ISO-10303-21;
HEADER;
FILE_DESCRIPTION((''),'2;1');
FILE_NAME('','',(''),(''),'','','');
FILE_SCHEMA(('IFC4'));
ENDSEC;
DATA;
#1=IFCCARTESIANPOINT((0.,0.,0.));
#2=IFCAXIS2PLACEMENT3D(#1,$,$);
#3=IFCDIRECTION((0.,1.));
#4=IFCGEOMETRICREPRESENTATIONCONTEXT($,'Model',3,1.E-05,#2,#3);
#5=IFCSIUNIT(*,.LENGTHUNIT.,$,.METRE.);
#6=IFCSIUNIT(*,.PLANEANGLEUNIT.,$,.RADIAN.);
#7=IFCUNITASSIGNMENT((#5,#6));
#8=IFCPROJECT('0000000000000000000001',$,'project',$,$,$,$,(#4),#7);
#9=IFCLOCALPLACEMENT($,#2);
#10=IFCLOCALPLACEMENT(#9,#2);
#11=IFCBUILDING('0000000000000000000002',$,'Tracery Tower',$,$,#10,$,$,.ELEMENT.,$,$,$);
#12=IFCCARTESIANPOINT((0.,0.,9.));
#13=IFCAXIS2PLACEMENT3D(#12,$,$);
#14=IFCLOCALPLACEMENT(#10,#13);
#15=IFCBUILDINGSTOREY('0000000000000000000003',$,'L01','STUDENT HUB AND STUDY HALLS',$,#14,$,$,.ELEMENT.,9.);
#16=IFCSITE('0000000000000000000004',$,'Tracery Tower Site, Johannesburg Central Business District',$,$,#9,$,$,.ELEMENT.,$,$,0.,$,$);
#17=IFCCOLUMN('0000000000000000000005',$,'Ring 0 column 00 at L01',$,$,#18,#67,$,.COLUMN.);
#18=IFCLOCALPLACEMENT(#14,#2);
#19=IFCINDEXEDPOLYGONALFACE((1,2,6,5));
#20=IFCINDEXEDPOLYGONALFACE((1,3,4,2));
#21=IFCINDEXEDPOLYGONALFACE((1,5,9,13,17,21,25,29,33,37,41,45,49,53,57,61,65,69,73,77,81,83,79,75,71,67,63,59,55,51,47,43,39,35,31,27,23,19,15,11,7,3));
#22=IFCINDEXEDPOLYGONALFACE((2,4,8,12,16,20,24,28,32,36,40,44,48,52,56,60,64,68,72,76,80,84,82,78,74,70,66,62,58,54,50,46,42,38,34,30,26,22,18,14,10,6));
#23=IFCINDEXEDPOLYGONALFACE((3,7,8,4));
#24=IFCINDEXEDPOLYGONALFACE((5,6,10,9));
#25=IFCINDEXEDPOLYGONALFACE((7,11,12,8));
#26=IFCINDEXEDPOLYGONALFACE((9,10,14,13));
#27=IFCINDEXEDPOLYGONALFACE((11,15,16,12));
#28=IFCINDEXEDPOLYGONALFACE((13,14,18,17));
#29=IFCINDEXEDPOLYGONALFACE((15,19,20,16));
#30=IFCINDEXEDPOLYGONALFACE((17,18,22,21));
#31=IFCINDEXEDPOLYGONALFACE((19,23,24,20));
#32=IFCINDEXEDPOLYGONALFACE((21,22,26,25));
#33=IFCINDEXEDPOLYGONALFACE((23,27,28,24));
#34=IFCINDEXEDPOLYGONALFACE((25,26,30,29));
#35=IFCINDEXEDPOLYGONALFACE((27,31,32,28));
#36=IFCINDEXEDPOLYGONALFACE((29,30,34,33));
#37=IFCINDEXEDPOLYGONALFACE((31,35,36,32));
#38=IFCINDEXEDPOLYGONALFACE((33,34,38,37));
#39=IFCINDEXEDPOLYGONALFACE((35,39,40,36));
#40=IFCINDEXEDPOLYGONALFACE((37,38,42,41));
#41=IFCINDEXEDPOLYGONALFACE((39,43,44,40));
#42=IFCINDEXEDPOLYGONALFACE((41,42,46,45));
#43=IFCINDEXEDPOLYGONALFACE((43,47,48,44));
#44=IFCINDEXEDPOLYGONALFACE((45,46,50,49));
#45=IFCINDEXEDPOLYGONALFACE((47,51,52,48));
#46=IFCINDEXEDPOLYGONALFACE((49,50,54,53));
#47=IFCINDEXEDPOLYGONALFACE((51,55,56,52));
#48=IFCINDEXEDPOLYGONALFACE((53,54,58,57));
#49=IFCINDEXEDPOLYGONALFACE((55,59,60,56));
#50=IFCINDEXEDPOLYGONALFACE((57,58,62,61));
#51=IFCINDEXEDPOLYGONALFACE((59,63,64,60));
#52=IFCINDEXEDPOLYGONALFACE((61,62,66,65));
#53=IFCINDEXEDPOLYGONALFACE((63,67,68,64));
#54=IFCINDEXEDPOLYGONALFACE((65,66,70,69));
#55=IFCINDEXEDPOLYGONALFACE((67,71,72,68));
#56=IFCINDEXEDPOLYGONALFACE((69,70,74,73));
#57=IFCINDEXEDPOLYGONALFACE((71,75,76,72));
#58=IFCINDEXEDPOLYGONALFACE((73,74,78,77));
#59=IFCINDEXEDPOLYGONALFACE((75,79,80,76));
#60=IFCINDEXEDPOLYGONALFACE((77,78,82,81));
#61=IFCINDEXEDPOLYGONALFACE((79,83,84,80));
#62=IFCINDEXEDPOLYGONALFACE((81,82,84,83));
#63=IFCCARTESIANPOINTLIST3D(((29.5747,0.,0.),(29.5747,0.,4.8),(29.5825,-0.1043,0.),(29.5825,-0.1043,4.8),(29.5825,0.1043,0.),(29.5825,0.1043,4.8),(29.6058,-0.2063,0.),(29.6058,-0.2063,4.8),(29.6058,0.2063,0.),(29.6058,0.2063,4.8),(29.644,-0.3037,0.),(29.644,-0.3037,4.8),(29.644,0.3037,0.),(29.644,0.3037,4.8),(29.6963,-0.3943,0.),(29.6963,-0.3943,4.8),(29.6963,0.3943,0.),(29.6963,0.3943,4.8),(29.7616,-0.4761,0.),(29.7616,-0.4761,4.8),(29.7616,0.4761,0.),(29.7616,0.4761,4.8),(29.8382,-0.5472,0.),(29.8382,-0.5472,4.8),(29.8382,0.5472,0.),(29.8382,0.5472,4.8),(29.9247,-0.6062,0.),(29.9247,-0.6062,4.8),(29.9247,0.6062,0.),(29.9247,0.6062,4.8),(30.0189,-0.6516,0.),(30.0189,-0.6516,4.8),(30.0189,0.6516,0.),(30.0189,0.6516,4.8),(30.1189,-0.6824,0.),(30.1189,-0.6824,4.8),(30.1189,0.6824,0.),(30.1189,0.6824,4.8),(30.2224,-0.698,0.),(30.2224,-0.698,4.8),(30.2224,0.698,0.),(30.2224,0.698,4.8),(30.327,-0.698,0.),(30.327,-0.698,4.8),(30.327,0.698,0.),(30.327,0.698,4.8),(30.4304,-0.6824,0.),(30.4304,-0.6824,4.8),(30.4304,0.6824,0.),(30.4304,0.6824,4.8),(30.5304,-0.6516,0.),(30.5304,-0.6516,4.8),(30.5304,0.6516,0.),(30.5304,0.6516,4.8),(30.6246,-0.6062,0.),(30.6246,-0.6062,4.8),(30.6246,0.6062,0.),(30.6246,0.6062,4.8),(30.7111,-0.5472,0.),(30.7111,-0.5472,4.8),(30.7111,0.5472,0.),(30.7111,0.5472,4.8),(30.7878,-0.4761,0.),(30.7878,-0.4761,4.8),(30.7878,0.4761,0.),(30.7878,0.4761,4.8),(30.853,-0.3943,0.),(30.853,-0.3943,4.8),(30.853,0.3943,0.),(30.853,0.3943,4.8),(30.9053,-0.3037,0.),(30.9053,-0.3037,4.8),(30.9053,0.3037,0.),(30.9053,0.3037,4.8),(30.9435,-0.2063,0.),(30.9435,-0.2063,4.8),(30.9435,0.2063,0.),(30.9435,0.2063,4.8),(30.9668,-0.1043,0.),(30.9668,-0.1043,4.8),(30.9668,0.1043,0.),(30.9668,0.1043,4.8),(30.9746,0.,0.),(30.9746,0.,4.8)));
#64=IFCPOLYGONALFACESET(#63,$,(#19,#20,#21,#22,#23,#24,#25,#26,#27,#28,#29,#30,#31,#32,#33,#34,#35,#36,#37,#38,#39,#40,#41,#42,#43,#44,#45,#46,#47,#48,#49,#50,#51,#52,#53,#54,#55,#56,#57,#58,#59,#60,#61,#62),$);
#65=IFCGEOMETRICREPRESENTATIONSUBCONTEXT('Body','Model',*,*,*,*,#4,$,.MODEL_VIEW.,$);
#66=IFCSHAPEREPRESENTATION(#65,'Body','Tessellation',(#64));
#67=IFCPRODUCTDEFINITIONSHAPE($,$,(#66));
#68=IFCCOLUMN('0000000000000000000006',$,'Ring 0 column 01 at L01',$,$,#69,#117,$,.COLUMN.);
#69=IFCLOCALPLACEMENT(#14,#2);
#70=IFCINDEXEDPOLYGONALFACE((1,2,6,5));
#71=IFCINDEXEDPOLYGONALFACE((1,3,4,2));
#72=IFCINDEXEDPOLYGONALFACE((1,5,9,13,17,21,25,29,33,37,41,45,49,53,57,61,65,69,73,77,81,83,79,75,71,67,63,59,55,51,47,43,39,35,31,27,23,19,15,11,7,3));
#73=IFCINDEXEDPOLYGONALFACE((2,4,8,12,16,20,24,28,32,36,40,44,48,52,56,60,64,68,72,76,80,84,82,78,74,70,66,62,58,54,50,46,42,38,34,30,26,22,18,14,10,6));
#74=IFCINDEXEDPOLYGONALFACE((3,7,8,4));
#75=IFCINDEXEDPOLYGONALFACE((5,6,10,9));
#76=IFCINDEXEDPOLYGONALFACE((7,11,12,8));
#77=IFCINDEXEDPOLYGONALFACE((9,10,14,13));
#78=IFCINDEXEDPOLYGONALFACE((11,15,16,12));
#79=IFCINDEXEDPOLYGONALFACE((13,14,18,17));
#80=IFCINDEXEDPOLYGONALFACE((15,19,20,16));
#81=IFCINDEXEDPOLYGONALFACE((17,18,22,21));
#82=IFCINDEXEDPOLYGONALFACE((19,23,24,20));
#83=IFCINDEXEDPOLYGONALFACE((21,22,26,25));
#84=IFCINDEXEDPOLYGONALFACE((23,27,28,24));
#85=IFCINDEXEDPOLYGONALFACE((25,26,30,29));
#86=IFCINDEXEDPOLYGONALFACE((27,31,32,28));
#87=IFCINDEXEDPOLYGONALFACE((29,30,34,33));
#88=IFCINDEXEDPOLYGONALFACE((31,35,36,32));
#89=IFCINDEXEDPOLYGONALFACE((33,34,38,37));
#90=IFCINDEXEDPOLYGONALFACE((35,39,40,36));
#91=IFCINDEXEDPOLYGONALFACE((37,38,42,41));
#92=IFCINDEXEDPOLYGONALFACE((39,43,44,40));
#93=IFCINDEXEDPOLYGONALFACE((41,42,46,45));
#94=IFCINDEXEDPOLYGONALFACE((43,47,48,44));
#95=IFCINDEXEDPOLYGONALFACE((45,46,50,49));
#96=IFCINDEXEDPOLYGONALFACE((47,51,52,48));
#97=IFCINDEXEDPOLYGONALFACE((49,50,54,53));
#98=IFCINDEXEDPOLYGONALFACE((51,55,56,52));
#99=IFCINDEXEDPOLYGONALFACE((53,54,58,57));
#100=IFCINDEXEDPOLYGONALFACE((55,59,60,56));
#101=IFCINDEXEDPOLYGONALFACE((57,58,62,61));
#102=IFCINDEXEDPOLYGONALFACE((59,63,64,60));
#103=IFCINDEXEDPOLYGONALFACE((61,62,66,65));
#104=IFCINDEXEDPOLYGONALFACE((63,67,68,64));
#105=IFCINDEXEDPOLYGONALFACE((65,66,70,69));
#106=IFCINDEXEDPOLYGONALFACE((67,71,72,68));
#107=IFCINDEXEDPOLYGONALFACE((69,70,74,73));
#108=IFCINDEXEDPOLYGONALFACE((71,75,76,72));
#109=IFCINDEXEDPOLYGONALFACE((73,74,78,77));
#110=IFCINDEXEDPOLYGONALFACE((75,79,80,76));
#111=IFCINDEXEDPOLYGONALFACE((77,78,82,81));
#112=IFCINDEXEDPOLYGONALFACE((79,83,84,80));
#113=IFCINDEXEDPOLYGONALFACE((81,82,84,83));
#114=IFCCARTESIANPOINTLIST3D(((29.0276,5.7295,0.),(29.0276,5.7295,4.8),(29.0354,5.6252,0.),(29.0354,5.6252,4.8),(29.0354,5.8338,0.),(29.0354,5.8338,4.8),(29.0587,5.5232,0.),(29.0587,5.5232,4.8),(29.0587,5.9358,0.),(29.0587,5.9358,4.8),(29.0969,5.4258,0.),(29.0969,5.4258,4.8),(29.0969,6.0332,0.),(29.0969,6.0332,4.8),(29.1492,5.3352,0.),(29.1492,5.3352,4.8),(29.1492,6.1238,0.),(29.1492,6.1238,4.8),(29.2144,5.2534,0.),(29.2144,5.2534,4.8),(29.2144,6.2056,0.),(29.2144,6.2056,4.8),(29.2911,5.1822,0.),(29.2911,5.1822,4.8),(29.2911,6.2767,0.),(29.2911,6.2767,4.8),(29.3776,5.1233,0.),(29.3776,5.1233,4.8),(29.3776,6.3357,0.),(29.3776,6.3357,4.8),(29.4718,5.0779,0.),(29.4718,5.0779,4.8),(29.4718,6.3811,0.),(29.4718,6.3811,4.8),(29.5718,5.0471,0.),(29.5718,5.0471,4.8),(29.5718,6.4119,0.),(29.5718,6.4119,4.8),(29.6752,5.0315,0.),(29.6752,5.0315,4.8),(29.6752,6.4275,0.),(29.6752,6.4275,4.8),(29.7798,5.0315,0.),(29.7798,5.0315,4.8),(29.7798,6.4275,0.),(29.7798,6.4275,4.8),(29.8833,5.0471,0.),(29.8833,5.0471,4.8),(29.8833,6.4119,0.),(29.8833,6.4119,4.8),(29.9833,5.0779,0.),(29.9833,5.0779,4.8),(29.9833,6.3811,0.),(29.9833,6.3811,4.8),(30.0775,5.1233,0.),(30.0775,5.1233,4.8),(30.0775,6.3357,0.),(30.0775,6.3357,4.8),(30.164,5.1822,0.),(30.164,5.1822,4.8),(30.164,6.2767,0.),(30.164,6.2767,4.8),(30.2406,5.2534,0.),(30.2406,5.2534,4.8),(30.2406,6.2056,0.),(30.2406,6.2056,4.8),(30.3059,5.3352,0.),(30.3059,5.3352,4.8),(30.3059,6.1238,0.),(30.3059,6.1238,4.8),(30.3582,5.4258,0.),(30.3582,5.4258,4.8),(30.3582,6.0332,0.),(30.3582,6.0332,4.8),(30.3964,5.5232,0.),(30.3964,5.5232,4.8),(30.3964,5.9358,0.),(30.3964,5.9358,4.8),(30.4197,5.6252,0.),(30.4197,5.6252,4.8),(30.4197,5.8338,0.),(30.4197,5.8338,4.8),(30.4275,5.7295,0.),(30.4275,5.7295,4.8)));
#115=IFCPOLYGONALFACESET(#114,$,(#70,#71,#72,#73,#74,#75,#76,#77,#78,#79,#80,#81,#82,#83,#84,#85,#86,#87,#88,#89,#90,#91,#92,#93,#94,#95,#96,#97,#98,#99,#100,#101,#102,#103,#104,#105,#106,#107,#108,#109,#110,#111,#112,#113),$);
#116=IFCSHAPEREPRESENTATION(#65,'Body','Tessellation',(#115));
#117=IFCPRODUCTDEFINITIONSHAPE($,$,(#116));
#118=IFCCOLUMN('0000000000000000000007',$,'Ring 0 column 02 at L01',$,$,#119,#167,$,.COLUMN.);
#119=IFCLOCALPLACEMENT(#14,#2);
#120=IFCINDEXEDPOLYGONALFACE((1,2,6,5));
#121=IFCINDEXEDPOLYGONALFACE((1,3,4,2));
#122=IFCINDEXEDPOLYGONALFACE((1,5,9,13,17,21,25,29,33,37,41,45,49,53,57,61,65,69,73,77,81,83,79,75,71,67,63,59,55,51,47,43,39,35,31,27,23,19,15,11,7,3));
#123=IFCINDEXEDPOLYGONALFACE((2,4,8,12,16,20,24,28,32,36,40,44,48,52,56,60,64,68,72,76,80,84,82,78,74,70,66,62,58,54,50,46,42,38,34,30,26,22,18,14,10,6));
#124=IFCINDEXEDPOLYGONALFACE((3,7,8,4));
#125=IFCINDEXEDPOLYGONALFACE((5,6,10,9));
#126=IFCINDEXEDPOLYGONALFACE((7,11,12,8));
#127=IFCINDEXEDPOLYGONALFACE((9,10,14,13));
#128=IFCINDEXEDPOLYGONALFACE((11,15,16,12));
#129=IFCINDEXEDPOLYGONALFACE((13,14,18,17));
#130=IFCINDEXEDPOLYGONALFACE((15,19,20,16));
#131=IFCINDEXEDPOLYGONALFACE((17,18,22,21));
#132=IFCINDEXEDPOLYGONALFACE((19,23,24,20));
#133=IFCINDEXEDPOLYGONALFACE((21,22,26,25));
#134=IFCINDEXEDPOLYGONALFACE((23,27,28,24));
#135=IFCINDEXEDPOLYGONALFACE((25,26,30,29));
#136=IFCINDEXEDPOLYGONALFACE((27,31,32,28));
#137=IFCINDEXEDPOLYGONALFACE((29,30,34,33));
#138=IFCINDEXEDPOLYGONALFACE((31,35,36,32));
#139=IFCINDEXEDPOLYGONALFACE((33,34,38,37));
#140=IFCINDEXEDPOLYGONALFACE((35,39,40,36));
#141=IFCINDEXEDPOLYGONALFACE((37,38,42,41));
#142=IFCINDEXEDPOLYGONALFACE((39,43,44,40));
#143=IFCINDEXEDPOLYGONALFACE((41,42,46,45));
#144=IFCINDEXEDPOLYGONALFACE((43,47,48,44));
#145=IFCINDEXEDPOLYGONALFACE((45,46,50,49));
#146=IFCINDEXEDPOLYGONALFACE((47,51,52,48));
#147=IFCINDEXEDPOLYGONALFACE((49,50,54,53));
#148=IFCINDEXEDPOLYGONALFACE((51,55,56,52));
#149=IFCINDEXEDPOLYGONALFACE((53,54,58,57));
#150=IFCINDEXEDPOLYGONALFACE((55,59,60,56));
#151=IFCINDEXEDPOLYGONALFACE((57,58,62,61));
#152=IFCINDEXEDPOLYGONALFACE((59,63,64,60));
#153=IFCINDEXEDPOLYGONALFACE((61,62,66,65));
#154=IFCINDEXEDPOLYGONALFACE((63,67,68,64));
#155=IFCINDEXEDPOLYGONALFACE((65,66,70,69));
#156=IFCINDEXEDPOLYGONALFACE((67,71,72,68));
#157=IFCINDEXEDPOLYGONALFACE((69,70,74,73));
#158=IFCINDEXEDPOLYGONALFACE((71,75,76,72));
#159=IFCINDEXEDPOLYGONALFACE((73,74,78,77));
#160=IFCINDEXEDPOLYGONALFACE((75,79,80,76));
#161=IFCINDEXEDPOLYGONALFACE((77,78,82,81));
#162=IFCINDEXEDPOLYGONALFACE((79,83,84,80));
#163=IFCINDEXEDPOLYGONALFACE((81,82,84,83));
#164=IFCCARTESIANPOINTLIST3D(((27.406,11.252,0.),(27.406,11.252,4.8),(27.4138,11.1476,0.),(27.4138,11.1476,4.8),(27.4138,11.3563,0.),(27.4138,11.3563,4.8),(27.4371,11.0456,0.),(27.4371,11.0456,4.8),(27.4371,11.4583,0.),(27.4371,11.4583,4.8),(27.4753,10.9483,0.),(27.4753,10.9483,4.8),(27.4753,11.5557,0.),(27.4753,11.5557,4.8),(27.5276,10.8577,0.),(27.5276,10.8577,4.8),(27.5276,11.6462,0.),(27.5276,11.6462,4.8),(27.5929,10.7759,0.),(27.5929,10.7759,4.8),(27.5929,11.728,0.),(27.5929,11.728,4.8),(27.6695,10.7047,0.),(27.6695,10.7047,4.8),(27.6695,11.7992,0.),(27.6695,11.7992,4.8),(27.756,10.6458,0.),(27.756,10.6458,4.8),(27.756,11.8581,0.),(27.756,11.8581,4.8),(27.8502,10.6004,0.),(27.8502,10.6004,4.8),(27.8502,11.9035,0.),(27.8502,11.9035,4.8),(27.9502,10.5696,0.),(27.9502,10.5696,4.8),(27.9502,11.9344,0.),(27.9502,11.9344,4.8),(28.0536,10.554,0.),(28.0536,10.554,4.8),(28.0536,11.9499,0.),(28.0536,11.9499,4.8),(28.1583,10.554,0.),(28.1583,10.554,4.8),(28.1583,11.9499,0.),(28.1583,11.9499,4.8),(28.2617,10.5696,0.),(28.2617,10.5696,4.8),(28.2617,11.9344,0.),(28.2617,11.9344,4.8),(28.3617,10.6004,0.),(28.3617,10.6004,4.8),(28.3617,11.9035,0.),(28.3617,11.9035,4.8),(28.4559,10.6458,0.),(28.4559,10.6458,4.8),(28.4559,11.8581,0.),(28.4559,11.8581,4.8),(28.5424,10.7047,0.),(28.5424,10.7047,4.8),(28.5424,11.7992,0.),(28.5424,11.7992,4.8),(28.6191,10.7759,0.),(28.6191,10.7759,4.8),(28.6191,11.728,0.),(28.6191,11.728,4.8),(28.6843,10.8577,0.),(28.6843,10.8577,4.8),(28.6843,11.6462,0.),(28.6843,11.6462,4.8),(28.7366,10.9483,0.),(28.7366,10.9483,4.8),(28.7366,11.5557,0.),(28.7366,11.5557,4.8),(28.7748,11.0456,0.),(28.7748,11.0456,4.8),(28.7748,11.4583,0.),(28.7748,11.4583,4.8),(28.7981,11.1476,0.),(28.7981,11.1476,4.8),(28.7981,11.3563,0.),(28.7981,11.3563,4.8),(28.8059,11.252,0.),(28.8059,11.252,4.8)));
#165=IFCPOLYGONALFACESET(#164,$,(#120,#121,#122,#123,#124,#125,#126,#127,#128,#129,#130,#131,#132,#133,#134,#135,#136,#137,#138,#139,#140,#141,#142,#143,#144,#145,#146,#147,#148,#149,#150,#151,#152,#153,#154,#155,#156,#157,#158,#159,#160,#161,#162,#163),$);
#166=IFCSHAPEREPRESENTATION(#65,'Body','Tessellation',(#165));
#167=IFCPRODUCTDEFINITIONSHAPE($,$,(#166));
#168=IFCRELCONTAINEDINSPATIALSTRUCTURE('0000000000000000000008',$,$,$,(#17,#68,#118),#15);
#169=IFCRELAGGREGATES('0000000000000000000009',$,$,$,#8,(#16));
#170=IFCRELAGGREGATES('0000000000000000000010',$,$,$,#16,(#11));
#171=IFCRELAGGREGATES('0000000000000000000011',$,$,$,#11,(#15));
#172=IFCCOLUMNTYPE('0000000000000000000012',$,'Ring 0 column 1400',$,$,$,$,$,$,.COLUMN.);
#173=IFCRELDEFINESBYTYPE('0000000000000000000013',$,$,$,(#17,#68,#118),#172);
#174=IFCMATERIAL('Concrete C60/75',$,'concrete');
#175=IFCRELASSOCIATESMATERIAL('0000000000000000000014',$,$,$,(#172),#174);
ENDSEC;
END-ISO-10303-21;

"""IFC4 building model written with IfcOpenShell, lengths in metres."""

from ifc_helpers import new_model, si_unit, direction, frame, origin, origin_2d, place, context, subcontext, project, spatial, circle, extrude, material, material_profile, profile_set, type_object, element, save


model = new_model("IFC4")

# Units and contexts
model_context = context("Model", 3, precision=1e-05, world=origin(), true_north=direction((0.0, 1.0)))
body_context = subcontext(model_context, "Body", "Model", "MODEL_VIEW")
ifc_project = project(units=[si_unit("LENGTHUNIT", "METRE"), si_unit("PLANEANGLEUNIT", "RADIAN")], contexts=[model_context])

# Site, building, storey
site_placement = place(None, origin())
site = spatial("IfcSite", under=ifc_project, at=site_placement, Name="Tracery Tower Site, Johannesburg Central Business District", CompositionType="ELEMENT", RefElevation=0.0)
building_placement = place(site_placement, origin())
building = spatial("IfcBuilding", under=site, at=building_placement, Name="Tracery Tower", CompositionType="ELEMENT")
storey_placement = place(building_placement, frame((0.0, 0.0, 9.0)))
storey = spatial("IfcBuildingStorey", under=building, at=storey_placement, Name="L01", Description="STUDENT HUB AND STUDY HALLS", CompositionType="ELEMENT", Elevation=9.0)

# Columns
ifc_material_1 = material(Name="Concrete C60/75", Category="concrete")
ifc_material_profile_1 = material_profile(ifc_material_1, circle(Radius=0.7, at=origin_2d()), Name="RC D1400")
ifc_profile_set_1 = profile_set([ifc_material_profile_1], Name="Concrete C60/75")
column_type_1 = type_object("IfcColumnType", Name="Ring 0 column 1400", PredefinedType="COLUMN", material=ifc_profile_set_1)
for number, where, z_axis, x_axis, name in (
    (1, (30.2747, 0.0, 0.0), (0.0, 0.0, 1.0), (1.0, 0.0, 0.0), "Ring 0 column 00 at L01"),
    (2, (29.7275, 5.7295, 0.0), (0.0, 0.0, 1.0), (1.0, 0.0, 0.0), "Ring 0 column 01 at L01"),
    (3, (28.106, 11.252, 0.0), (0.0, 0.0, 1.0), (1.0, 0.0, 0.0), "Ring 0 column 02 at L01"),
):
    element("IfcColumn", number, at=place(storey_placement, frame(where, z_axis=z_axis, x_axis=x_axis)), inside=storey, type_object=column_type_1, Name=name, PredefinedType="COLUMN", context=body_context, shape_type="SweptSolid", body=[
        extrude(circle(Radius=0.7, at=origin_2d()), origin(), (0.0, 0.0, 1.0), 4.8),
    ])

save(model, "model.ifc")
